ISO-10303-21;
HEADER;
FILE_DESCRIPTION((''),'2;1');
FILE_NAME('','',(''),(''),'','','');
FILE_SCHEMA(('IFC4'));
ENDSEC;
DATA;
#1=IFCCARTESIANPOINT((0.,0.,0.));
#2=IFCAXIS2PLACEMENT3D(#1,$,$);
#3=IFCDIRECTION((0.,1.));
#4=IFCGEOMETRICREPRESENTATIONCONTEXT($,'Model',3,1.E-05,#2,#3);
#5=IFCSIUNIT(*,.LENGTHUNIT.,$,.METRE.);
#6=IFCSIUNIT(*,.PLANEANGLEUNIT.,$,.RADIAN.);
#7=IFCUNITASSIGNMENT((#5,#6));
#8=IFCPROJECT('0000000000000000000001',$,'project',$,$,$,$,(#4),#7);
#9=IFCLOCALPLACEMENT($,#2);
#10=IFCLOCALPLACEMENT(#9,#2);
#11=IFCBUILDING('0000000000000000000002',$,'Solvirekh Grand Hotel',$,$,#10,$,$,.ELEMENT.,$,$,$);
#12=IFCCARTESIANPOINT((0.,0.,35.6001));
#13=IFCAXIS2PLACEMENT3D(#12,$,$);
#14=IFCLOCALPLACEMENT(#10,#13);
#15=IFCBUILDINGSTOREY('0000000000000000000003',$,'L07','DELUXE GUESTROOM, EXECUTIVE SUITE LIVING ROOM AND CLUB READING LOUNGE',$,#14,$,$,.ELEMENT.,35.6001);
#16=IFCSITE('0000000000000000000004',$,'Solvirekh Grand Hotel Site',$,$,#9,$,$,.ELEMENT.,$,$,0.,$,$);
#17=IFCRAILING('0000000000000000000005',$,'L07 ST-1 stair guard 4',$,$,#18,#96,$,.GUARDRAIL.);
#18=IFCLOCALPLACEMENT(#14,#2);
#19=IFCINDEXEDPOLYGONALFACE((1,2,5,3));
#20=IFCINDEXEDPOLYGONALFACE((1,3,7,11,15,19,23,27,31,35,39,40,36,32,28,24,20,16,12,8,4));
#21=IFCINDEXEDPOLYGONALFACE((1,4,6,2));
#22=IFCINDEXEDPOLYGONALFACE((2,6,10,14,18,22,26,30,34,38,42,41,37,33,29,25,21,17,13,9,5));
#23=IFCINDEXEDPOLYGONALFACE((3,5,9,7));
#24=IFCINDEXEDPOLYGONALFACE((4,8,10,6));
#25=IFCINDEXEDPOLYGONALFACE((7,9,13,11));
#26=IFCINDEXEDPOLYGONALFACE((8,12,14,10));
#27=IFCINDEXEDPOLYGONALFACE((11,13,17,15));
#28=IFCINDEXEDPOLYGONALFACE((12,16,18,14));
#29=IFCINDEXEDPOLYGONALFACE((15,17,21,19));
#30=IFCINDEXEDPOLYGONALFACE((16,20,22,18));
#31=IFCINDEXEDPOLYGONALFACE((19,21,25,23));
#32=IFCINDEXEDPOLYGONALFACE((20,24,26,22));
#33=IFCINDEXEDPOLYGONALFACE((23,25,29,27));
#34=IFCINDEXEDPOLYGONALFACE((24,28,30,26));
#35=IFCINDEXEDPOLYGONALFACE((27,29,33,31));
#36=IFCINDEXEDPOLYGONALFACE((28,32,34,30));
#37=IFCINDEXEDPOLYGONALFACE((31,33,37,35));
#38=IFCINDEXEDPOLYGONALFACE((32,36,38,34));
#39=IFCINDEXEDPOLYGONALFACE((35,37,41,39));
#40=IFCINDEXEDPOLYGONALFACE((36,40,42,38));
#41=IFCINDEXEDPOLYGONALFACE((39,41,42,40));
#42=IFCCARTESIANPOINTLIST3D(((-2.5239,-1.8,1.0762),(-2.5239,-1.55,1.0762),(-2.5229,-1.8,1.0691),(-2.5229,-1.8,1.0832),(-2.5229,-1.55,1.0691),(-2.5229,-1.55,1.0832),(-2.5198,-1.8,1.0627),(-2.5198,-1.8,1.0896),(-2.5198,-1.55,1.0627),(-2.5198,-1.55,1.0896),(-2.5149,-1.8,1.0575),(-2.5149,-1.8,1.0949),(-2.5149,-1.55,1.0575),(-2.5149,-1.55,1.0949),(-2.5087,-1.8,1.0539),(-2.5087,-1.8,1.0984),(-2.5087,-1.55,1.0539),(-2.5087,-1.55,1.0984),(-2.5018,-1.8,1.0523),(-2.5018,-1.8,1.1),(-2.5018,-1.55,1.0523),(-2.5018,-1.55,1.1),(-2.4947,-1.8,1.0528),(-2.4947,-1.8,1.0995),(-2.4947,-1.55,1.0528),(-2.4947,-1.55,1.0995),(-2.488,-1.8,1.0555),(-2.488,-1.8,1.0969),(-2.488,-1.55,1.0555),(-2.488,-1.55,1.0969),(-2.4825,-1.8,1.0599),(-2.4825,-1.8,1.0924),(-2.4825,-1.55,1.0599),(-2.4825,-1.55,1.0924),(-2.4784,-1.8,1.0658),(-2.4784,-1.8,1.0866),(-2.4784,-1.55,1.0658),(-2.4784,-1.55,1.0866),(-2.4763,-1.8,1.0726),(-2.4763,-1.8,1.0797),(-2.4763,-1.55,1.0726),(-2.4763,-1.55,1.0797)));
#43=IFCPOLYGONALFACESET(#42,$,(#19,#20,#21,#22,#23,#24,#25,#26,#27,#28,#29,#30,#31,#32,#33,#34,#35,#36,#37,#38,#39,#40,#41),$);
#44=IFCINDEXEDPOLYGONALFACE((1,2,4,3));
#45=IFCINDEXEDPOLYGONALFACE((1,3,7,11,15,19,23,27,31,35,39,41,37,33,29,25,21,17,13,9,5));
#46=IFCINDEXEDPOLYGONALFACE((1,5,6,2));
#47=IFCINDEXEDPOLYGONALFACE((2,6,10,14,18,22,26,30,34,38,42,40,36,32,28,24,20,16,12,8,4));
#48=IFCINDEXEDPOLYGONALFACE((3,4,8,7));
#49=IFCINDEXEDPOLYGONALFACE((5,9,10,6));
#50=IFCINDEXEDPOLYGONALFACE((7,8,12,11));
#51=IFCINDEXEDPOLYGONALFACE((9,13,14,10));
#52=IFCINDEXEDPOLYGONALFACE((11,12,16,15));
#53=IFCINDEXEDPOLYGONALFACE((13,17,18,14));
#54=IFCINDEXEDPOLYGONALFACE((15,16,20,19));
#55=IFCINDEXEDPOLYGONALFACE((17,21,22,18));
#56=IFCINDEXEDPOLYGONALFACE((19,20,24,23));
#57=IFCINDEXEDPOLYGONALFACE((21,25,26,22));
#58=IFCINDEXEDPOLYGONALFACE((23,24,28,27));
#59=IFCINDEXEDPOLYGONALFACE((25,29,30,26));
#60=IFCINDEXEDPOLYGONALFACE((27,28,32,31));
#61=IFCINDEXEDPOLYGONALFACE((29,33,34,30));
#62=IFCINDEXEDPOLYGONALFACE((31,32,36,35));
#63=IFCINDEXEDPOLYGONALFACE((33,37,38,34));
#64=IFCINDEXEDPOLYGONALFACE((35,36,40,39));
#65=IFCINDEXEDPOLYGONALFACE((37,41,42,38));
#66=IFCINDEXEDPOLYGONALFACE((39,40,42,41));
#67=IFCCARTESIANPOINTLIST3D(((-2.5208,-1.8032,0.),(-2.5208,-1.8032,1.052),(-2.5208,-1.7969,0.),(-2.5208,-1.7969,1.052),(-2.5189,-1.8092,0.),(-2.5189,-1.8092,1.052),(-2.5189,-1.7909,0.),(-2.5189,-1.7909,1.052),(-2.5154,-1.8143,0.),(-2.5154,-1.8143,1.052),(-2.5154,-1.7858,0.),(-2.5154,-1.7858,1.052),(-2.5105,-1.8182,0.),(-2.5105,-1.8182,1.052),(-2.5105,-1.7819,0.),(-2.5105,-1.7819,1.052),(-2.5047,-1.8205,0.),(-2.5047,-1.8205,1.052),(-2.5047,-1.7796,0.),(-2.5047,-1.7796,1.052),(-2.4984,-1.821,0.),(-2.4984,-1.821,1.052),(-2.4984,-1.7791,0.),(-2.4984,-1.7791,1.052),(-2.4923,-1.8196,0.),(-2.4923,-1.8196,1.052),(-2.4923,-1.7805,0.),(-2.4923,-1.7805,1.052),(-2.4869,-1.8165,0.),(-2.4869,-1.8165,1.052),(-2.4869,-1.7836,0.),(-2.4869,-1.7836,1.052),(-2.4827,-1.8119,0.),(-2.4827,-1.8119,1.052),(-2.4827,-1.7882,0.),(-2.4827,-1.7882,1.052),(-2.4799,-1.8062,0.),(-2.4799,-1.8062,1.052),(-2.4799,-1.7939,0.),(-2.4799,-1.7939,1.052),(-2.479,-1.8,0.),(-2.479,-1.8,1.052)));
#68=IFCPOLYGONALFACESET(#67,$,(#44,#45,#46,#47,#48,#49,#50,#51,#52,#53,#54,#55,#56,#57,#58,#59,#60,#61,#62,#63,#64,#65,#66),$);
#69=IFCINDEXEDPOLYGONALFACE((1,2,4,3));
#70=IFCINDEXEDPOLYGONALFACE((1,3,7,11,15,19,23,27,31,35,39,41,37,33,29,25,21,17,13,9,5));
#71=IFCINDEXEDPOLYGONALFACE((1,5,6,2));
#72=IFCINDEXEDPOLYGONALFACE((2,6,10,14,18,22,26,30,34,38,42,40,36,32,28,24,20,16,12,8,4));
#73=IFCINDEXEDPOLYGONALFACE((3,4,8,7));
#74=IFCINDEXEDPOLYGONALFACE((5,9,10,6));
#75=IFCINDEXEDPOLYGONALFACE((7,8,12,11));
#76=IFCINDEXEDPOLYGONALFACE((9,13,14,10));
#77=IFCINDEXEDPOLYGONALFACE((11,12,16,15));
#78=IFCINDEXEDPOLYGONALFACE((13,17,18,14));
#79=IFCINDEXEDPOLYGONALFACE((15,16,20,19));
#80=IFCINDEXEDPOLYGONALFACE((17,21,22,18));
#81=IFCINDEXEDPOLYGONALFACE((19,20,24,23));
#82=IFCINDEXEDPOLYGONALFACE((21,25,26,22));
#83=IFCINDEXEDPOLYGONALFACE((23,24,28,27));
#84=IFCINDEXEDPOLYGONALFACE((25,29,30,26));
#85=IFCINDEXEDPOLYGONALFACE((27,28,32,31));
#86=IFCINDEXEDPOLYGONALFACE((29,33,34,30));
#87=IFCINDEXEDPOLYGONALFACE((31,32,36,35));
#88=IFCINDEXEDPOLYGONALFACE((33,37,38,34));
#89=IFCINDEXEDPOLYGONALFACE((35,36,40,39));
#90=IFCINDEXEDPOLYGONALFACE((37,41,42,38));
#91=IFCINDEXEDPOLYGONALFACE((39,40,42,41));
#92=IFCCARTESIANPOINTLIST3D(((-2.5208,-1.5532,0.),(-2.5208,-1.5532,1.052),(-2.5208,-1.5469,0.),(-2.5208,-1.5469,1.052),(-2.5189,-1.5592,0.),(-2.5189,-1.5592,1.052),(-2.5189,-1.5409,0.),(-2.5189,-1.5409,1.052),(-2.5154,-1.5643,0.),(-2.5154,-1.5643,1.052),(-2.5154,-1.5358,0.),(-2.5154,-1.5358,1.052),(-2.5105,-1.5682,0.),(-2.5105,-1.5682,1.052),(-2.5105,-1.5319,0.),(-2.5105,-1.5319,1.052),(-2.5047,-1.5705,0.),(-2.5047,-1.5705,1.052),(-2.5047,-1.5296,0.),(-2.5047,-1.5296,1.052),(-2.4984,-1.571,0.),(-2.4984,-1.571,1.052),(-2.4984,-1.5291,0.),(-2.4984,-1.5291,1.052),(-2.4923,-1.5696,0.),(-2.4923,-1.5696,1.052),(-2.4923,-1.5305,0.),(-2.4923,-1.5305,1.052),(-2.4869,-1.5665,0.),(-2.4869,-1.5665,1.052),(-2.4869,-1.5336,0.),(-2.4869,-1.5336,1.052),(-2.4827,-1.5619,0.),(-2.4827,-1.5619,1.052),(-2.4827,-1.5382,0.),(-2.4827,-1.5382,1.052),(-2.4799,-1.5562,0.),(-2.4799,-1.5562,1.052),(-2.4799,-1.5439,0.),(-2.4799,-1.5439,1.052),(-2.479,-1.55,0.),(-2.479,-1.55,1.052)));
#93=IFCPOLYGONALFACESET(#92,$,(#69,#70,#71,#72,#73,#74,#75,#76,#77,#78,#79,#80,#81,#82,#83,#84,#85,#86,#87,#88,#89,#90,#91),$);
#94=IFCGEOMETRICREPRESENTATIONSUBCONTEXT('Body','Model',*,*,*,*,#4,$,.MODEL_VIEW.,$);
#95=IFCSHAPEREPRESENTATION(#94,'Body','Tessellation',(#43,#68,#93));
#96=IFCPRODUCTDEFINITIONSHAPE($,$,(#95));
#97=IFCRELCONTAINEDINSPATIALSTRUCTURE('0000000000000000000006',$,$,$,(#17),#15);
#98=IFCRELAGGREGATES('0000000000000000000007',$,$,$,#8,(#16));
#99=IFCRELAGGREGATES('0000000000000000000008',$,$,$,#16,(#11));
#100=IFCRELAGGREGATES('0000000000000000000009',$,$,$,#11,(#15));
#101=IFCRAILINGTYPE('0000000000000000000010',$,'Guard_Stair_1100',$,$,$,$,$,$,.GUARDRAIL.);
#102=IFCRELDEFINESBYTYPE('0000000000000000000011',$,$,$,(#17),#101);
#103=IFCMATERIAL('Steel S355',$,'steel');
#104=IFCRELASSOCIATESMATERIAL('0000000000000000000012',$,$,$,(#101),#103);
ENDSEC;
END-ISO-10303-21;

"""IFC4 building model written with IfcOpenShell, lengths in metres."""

from ifc_helpers import new_model, si_unit, direction, frame, origin, origin_2d, place, context, subcontext, project, spatial, circle, extrude, material, type_object, element, save


model = new_model("IFC4")

# Units and contexts
model_context = context("Model", 3, precision=1e-05, world=origin(), true_north=direction((0.0, 1.0)))
body_context = subcontext(model_context, "Body", "Model", "MODEL_VIEW")
ifc_project = project(units=[si_unit("LENGTHUNIT", "METRE"), si_unit("PLANEANGLEUNIT", "RADIAN")], contexts=[model_context])

# Site, building, storey
site_placement = place(None, origin())
site = spatial("IfcSite", under=ifc_project, at=site_placement, Name="Solvirekh Grand Hotel Site", CompositionType="ELEMENT", RefElevation=0.0)
building_placement = place(site_placement, origin())
building = spatial("IfcBuilding", under=site, at=building_placement, Name="Solvirekh Grand Hotel", CompositionType="ELEMENT")
storey_placement = place(building_placement, frame((0.0, 0.0, 35.6001)))
storey = spatial("IfcBuildingStorey", under=building, at=storey_placement, Name="L07", Description="DELUXE GUESTROOM, EXECUTIVE SUITE LIVING ROOM AND CLUB READING LOUNGE", CompositionType="ELEMENT", Elevation=35.6001)

# Railing
ifc_material_1 = material(Name="Steel S355", Category="steel")
railing_type_1 = type_object("IfcRailingType", Name="Guard_Stair_1100", PredefinedType="GUARDRAIL", material=ifc_material_1)
railing_1_placement = place(storey_placement, frame((-2.5, -1.8, 0.0)))
element("IfcRailing", 1, at=railing_1_placement, inside=storey, type_object=railing_type_1, Name="L07 ST-1 stair guard 4", PredefinedType="GUARDRAIL", context=body_context, shape_type="SweptSolid", body=[
    extrude(circle(Radius=0.0239, at=origin_2d()), frame((0.0, 0.0, 1.0762), z_axis=(0.0, 1.0, 0.0), x_axis=(-1.0, 0.0, 0.0)), (0.0, 0.0, 1.0), 0.25),
    extrude(circle(Radius=0.021, at=origin_2d()), origin(), (0.0, 0.0, 1.0), 1.052),
    extrude(circle(Radius=0.021, at=origin_2d()), frame((0.0, 0.25, 0.0)), (0.0, 0.0, 1.0), 1.052),
])

save(model, "model.ifc")
